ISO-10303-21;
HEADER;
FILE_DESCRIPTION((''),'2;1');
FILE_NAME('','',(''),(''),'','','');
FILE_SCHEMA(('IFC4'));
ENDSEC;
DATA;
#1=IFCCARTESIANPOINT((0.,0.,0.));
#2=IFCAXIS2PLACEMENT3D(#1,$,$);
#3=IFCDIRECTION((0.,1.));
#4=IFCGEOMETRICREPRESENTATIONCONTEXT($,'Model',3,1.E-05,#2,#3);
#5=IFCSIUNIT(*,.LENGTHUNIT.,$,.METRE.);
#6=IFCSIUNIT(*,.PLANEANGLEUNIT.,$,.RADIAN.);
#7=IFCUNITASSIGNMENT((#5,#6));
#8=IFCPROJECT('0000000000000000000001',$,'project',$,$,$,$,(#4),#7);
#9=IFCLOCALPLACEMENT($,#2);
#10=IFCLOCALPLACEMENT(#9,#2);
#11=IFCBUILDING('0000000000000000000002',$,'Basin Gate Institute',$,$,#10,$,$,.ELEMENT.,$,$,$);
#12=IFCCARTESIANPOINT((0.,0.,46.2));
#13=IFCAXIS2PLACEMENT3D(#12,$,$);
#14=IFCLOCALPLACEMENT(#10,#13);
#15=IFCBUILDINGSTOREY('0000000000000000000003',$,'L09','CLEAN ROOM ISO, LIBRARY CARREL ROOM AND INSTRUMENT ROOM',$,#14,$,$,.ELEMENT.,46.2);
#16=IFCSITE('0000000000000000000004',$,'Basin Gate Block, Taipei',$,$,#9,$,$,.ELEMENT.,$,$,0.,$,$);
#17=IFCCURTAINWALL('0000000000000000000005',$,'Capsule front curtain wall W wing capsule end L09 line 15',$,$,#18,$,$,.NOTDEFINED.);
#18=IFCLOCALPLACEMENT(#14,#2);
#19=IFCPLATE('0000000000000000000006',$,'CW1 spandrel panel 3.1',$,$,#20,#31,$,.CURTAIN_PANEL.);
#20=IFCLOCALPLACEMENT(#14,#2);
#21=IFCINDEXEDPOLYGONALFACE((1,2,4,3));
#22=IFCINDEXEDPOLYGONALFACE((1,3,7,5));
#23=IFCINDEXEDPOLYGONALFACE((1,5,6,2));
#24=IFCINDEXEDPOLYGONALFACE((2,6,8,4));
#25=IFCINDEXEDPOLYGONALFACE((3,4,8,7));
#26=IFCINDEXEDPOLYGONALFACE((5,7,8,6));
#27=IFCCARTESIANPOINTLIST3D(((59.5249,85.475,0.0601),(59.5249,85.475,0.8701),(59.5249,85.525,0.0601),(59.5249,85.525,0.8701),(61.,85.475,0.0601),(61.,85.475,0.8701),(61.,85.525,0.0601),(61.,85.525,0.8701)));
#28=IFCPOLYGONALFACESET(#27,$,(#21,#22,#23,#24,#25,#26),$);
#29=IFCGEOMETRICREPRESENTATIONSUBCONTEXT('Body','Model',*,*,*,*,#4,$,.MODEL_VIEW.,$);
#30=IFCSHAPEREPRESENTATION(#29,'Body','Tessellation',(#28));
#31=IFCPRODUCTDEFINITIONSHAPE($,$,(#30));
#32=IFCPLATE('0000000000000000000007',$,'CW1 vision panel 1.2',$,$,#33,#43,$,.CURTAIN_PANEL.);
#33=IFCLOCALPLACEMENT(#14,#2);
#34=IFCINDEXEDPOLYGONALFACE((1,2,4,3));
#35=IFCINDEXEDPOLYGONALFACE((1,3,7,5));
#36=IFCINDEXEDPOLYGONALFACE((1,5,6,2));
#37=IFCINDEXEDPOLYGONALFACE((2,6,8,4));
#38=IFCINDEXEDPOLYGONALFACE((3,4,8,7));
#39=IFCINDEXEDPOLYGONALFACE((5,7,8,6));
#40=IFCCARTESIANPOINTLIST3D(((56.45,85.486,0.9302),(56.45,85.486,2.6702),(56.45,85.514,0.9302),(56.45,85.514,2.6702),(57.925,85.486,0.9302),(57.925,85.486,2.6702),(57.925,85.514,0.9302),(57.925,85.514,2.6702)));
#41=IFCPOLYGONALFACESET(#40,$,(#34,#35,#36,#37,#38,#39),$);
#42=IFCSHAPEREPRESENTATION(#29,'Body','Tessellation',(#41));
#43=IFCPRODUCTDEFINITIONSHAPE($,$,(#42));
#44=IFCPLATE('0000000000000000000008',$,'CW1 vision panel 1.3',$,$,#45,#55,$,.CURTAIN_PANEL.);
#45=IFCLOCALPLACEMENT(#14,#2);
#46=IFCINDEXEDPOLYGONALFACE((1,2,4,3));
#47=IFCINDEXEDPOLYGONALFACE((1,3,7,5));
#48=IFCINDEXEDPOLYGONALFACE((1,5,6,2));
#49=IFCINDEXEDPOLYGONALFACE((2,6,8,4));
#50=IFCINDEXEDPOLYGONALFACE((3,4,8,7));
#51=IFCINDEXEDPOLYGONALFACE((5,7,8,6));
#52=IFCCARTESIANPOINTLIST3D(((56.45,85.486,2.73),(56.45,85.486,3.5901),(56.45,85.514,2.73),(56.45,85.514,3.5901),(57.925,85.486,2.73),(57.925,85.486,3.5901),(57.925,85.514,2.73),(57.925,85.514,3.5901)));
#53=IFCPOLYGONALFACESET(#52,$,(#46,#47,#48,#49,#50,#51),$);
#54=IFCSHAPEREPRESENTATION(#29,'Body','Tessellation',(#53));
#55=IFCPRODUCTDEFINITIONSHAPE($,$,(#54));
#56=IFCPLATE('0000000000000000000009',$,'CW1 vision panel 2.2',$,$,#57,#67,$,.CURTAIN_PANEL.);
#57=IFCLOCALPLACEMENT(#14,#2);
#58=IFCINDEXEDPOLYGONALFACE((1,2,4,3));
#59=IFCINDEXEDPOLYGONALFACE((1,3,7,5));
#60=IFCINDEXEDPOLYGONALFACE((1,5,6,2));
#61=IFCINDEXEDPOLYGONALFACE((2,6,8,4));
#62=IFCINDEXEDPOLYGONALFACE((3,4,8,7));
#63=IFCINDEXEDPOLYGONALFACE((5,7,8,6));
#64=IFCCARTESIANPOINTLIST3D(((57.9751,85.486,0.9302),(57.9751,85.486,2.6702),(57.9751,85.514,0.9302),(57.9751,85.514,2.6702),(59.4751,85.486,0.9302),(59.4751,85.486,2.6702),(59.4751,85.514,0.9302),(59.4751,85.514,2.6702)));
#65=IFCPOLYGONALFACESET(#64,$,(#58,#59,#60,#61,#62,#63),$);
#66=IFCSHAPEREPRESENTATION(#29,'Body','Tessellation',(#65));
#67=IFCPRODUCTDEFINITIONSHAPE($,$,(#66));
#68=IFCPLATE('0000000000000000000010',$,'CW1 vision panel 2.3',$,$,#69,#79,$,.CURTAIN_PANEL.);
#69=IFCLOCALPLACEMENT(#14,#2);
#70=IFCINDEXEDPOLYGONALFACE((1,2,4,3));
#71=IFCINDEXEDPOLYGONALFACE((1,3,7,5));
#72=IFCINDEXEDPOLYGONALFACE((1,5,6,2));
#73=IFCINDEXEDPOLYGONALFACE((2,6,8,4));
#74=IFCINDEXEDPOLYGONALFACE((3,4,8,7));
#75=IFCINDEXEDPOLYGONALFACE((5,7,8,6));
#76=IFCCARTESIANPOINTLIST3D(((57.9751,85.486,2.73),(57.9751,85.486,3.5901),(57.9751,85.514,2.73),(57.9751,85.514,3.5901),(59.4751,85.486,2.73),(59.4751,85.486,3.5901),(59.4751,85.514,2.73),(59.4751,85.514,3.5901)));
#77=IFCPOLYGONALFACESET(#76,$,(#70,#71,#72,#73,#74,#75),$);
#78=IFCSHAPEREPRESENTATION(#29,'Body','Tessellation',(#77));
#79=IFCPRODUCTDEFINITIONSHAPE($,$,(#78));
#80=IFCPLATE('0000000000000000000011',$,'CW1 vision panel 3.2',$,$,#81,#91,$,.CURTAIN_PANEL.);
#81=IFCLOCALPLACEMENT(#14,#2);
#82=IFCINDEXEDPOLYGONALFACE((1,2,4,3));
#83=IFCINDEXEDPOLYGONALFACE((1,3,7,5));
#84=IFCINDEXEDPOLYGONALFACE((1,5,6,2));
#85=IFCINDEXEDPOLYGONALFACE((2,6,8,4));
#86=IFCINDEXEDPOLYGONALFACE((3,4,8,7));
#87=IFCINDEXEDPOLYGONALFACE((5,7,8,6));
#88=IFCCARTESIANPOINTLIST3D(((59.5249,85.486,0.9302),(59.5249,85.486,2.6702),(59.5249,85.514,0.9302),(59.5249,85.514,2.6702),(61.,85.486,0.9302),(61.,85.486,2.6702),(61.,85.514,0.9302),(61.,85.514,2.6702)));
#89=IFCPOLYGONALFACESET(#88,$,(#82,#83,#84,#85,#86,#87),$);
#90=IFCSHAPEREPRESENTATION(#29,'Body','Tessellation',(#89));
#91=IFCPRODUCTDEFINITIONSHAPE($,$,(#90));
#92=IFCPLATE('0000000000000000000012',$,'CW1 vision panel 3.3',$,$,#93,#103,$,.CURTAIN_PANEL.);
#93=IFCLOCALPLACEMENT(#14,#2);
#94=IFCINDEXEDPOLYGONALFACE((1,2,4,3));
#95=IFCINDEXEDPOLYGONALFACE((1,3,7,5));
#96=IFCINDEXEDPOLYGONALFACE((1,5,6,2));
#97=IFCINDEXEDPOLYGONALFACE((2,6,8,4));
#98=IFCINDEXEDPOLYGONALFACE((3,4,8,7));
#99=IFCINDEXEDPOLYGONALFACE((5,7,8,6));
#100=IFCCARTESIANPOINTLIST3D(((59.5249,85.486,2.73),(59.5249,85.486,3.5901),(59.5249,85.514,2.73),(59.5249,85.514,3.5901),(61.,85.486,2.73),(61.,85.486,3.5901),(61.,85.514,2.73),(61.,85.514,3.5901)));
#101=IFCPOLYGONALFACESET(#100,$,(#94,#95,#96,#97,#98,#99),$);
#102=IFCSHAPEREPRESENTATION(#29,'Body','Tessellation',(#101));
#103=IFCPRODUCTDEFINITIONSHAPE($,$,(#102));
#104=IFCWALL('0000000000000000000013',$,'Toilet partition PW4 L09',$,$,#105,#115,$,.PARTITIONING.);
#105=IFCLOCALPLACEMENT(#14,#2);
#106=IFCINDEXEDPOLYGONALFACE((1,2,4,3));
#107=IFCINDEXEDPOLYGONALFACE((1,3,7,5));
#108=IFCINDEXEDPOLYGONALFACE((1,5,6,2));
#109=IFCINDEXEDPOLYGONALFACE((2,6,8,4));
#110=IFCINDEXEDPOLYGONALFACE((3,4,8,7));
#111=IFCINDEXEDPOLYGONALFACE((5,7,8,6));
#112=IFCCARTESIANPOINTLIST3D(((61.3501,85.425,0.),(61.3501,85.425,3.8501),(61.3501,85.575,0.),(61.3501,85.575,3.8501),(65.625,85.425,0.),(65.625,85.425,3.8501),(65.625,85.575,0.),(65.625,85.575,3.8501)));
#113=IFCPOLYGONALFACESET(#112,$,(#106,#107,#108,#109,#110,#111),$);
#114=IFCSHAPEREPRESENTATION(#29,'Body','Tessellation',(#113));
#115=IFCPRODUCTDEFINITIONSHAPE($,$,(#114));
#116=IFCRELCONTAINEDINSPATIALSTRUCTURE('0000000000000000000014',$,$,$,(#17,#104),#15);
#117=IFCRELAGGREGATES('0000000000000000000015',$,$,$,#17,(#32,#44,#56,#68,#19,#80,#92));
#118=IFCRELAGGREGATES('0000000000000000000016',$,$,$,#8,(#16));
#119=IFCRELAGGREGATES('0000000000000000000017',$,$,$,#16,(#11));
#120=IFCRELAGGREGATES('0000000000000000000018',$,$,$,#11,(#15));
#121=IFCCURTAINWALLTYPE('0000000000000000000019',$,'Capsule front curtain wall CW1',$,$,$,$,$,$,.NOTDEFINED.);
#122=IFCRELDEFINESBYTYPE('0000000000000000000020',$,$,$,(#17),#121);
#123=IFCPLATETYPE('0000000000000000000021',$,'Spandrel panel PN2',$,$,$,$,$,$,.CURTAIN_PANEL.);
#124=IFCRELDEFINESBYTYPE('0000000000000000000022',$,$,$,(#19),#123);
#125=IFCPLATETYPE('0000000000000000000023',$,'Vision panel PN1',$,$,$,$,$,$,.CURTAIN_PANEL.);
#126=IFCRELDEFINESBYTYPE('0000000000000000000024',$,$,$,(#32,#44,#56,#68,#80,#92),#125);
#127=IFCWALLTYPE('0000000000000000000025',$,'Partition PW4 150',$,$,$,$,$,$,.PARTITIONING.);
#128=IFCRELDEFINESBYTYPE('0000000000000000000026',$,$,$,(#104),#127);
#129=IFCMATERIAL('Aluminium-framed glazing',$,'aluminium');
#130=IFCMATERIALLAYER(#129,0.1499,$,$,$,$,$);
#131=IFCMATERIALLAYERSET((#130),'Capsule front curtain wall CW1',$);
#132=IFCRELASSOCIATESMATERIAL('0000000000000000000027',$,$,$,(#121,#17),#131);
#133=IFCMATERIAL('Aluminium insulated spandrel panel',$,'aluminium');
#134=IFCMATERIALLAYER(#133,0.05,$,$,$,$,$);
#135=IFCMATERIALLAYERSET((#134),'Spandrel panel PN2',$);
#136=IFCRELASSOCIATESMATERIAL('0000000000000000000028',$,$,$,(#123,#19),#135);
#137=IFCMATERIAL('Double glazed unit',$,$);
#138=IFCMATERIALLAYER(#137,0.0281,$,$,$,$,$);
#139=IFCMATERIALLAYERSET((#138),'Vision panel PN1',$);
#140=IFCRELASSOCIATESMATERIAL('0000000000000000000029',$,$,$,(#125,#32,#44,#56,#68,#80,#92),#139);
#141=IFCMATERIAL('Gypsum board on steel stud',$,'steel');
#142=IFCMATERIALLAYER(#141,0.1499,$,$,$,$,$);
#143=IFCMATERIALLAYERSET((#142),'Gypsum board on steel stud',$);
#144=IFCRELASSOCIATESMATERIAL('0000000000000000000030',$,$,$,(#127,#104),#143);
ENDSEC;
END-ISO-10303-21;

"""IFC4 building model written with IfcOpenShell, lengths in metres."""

from ifc_helpers import new_model, si_unit, direction, frame, frame_2d, origin, origin_2d, place, context, subcontext, project, spatial, rectangle, extrude, material, layer, layer_set, type_object, element, aggregate, save


model = new_model("IFC4")

# Units and contexts
model_context = context("Model", 3, precision=1e-05, world=origin(), true_north=direction((0.0, 1.0)))
body_context = subcontext(model_context, "Body", "Model", "MODEL_VIEW")
ifc_project = project(units=[si_unit("LENGTHUNIT", "METRE"), si_unit("PLANEANGLEUNIT", "RADIAN")], contexts=[model_context])

# Site, building, storey
site_placement = place(None, origin())
site = spatial("IfcSite", under=ifc_project, at=site_placement, Name="Basin Gate Block, Taipei", CompositionType="ELEMENT", RefElevation=0.0)
building_placement = place(site_placement, origin())
building = spatial("IfcBuilding", under=site, at=building_placement, Name="Basin Gate Institute", CompositionType="ELEMENT")
storey_placement = place(building_placement, frame((0.0, 0.0, 46.2)))
storey = spatial("IfcBuildingStorey", under=building, at=storey_placement, Name="L09", Description="CLEAN ROOM ISO, LIBRARY CARREL ROOM AND INSTRUMENT ROOM", CompositionType="ELEMENT", Elevation=46.2)

# Curtain wall, plates
ifc_material_1 = material(Name="Aluminium-framed glazing", Category="aluminium")
ifc_layer_1 = layer(ifc_material_1, 0.1499)
ifc_layer_set_1 = layer_set([ifc_layer_1], Name="Capsule front curtain wall CW1")
curtain_wall_type = type_object("IfcCurtainWallType", Name="Capsule front curtain wall CW1", PredefinedType="NOTDEFINED", material=ifc_layer_set_1)
curtain_wall_placement = place(storey_placement, origin())
curtain_wall = element("IfcCurtainWall", 1, at=curtain_wall_placement, inside=storey, type_object=curtain_wall_type, material=ifc_layer_set_1, Name="Capsule front curtain wall W wing capsule end L09 line 15", PredefinedType="NOTDEFINED")
ifc_material_2 = material(Name="Aluminium insulated spandrel panel", Category="aluminium")
ifc_layer_2 = layer(ifc_material_2, 0.05)
ifc_layer_set_2 = layer_set([ifc_layer_2], Name="Spandrel panel PN2")
plate_type_1 = type_object("IfcPlateType", Name="Spandrel panel PN2", PredefinedType="CURTAIN_PANEL", material=ifc_layer_set_2)
plate_1_placement = place(storey_placement, frame((60.2625, 85.5, 0.0601), z_axis=(0.0, 0.0, 1.0), x_axis=(1.0, 0.0, 0.0)))
plate_1 = element("IfcPlate", 2, at=plate_1_placement, type_object=plate_type_1, material=ifc_layer_set_2, Name="CW1 spandrel panel 3.1", PredefinedType="CURTAIN_PANEL", context=body_context, shape_type="SweptSolid", body=[
    extrude(rectangle(XDim=1.4751, YDim=0.05, at=origin_2d()), origin(), (0.0, 0.0, 1.0), 0.8101),
])
ifc_material_3 = material(Name="Double glazed unit")
ifc_layer_3 = layer(ifc_material_3, 0.0281)
ifc_layer_set_3 = layer_set([ifc_layer_3], Name="Vision panel PN1")
plate_type_2 = type_object("IfcPlateType", Name="Vision panel PN1", PredefinedType="CURTAIN_PANEL", material=ifc_layer_set_3)
plate_2_placement = place(storey_placement, frame((57.1875, 85.5, 0.9302), z_axis=(0.0, 0.0, 1.0), x_axis=(1.0, 0.0, 0.0)))
plate_2 = element("IfcPlate", 3, at=plate_2_placement, type_object=plate_type_2, material=ifc_layer_set_3, Name="CW1 vision panel 1.2", PredefinedType="CURTAIN_PANEL", context=body_context, shape_type="SweptSolid", body=[
    extrude(rectangle(XDim=1.4751, YDim=0.0281, at=origin_2d()), origin(), (0.0, 0.0, 1.0), 1.74),
])
plate_3_placement = place(storey_placement, frame((57.1875, 85.5, 2.73), z_axis=(0.0, 0.0, 1.0), x_axis=(1.0, 0.0, 0.0)))
plate_3 = element("IfcPlate", 4, at=plate_3_placement, type_object=plate_type_2, material=ifc_layer_set_3, Name="CW1 vision panel 1.3", PredefinedType="CURTAIN_PANEL", context=body_context, shape_type="SweptSolid", body=[
    extrude(rectangle(XDim=1.4751, YDim=0.0281, at=origin_2d()), origin(), (0.0, 0.0, 1.0), 0.8601),
])
plate_4_placement = place(storey_placement, frame((58.7251, 85.5, 0.9302), z_axis=(0.0, 0.0, 1.0), x_axis=(1.0, 0.0, 0.0)))
plate_4 = element("IfcPlate", 5, at=plate_4_placement, type_object=plate_type_2, material=ifc_layer_set_3, Name="CW1 vision panel 2.2", PredefinedType="CURTAIN_PANEL", context=body_context, shape_type="SweptSolid", body=[
    extrude(rectangle(XDim=1.5, YDim=0.0281, at=origin_2d()), origin(), (0.0, 0.0, 1.0), 1.74),
])
plate_5_placement = place(storey_placement, frame((58.7251, 85.5, 2.73), z_axis=(0.0, 0.0, 1.0), x_axis=(1.0, 0.0, 0.0)))
plate_5 = element("IfcPlate", 6, at=plate_5_placement, type_object=plate_type_2, material=ifc_layer_set_3, Name="CW1 vision panel 2.3", PredefinedType="CURTAIN_PANEL", context=body_context, shape_type="SweptSolid", body=[
    extrude(rectangle(XDim=1.5, YDim=0.0281, at=origin_2d()), origin(), (0.0, 0.0, 1.0), 0.8601),
])
plate_6_placement = place(storey_placement, frame((60.2625, 85.5, 0.9302), z_axis=(0.0, 0.0, 1.0), x_axis=(1.0, 0.0, 0.0)))
plate_6 = element("IfcPlate", 7, at=plate_6_placement, type_object=plate_type_2, material=ifc_layer_set_3, Name="CW1 vision panel 3.2", PredefinedType="CURTAIN_PANEL", context=body_context, shape_type="SweptSolid", body=[
    extrude(rectangle(XDim=1.4751, YDim=0.0281, at=origin_2d()), origin(), (0.0, 0.0, 1.0), 1.74),
])
plate_7_placement = place(storey_placement, frame((60.2625, 85.5, 2.73), z_axis=(0.0, 0.0, 1.0), x_axis=(1.0, 0.0, 0.0)))
plate_7 = element("IfcPlate", 8, at=plate_7_placement, type_object=plate_type_2, material=ifc_layer_set_3, Name="CW1 vision panel 3.3", PredefinedType="CURTAIN_PANEL", context=body_context, shape_type="SweptSolid", body=[
    extrude(rectangle(XDim=1.4751, YDim=0.0281, at=origin_2d()), origin(), (0.0, 0.0, 1.0), 0.8601),
])
aggregate(curtain_wall, [plate_2, plate_3, plate_4, plate_5, plate_1, plate_6, plate_7])

# Wall
ifc_material_4 = material(Name="Gypsum board on steel stud", Category="steel")
ifc_layer_4 = layer(ifc_material_4, 0.1499)
ifc_layer_set_4 = layer_set([ifc_layer_4], Name="Gypsum board on steel stud")
wall_type = type_object("IfcWallType", Name="Partition PW4 150", PredefinedType="PARTITIONING", material=ifc_layer_set_4)
wall_placement = place(storey_placement, frame((61.3501, 85.5, 0.0), z_axis=(0.0, 0.0, 1.0), x_axis=(1.0, 0.0, 0.0)))
element("IfcWall", 9, at=wall_placement, inside=storey, type_object=wall_type, material=ifc_layer_set_4, Name="Toilet partition PW4 L09", PredefinedType="PARTITIONING", context=body_context, shape_type="SweptSolid", body=[
    extrude(rectangle(XDim=4.2749, YDim=0.1499, at=frame_2d((2.1375, 0.0))), origin(), (0.0, 0.0, 1.0), 3.8501),
])

save(model, "model.ifc")
